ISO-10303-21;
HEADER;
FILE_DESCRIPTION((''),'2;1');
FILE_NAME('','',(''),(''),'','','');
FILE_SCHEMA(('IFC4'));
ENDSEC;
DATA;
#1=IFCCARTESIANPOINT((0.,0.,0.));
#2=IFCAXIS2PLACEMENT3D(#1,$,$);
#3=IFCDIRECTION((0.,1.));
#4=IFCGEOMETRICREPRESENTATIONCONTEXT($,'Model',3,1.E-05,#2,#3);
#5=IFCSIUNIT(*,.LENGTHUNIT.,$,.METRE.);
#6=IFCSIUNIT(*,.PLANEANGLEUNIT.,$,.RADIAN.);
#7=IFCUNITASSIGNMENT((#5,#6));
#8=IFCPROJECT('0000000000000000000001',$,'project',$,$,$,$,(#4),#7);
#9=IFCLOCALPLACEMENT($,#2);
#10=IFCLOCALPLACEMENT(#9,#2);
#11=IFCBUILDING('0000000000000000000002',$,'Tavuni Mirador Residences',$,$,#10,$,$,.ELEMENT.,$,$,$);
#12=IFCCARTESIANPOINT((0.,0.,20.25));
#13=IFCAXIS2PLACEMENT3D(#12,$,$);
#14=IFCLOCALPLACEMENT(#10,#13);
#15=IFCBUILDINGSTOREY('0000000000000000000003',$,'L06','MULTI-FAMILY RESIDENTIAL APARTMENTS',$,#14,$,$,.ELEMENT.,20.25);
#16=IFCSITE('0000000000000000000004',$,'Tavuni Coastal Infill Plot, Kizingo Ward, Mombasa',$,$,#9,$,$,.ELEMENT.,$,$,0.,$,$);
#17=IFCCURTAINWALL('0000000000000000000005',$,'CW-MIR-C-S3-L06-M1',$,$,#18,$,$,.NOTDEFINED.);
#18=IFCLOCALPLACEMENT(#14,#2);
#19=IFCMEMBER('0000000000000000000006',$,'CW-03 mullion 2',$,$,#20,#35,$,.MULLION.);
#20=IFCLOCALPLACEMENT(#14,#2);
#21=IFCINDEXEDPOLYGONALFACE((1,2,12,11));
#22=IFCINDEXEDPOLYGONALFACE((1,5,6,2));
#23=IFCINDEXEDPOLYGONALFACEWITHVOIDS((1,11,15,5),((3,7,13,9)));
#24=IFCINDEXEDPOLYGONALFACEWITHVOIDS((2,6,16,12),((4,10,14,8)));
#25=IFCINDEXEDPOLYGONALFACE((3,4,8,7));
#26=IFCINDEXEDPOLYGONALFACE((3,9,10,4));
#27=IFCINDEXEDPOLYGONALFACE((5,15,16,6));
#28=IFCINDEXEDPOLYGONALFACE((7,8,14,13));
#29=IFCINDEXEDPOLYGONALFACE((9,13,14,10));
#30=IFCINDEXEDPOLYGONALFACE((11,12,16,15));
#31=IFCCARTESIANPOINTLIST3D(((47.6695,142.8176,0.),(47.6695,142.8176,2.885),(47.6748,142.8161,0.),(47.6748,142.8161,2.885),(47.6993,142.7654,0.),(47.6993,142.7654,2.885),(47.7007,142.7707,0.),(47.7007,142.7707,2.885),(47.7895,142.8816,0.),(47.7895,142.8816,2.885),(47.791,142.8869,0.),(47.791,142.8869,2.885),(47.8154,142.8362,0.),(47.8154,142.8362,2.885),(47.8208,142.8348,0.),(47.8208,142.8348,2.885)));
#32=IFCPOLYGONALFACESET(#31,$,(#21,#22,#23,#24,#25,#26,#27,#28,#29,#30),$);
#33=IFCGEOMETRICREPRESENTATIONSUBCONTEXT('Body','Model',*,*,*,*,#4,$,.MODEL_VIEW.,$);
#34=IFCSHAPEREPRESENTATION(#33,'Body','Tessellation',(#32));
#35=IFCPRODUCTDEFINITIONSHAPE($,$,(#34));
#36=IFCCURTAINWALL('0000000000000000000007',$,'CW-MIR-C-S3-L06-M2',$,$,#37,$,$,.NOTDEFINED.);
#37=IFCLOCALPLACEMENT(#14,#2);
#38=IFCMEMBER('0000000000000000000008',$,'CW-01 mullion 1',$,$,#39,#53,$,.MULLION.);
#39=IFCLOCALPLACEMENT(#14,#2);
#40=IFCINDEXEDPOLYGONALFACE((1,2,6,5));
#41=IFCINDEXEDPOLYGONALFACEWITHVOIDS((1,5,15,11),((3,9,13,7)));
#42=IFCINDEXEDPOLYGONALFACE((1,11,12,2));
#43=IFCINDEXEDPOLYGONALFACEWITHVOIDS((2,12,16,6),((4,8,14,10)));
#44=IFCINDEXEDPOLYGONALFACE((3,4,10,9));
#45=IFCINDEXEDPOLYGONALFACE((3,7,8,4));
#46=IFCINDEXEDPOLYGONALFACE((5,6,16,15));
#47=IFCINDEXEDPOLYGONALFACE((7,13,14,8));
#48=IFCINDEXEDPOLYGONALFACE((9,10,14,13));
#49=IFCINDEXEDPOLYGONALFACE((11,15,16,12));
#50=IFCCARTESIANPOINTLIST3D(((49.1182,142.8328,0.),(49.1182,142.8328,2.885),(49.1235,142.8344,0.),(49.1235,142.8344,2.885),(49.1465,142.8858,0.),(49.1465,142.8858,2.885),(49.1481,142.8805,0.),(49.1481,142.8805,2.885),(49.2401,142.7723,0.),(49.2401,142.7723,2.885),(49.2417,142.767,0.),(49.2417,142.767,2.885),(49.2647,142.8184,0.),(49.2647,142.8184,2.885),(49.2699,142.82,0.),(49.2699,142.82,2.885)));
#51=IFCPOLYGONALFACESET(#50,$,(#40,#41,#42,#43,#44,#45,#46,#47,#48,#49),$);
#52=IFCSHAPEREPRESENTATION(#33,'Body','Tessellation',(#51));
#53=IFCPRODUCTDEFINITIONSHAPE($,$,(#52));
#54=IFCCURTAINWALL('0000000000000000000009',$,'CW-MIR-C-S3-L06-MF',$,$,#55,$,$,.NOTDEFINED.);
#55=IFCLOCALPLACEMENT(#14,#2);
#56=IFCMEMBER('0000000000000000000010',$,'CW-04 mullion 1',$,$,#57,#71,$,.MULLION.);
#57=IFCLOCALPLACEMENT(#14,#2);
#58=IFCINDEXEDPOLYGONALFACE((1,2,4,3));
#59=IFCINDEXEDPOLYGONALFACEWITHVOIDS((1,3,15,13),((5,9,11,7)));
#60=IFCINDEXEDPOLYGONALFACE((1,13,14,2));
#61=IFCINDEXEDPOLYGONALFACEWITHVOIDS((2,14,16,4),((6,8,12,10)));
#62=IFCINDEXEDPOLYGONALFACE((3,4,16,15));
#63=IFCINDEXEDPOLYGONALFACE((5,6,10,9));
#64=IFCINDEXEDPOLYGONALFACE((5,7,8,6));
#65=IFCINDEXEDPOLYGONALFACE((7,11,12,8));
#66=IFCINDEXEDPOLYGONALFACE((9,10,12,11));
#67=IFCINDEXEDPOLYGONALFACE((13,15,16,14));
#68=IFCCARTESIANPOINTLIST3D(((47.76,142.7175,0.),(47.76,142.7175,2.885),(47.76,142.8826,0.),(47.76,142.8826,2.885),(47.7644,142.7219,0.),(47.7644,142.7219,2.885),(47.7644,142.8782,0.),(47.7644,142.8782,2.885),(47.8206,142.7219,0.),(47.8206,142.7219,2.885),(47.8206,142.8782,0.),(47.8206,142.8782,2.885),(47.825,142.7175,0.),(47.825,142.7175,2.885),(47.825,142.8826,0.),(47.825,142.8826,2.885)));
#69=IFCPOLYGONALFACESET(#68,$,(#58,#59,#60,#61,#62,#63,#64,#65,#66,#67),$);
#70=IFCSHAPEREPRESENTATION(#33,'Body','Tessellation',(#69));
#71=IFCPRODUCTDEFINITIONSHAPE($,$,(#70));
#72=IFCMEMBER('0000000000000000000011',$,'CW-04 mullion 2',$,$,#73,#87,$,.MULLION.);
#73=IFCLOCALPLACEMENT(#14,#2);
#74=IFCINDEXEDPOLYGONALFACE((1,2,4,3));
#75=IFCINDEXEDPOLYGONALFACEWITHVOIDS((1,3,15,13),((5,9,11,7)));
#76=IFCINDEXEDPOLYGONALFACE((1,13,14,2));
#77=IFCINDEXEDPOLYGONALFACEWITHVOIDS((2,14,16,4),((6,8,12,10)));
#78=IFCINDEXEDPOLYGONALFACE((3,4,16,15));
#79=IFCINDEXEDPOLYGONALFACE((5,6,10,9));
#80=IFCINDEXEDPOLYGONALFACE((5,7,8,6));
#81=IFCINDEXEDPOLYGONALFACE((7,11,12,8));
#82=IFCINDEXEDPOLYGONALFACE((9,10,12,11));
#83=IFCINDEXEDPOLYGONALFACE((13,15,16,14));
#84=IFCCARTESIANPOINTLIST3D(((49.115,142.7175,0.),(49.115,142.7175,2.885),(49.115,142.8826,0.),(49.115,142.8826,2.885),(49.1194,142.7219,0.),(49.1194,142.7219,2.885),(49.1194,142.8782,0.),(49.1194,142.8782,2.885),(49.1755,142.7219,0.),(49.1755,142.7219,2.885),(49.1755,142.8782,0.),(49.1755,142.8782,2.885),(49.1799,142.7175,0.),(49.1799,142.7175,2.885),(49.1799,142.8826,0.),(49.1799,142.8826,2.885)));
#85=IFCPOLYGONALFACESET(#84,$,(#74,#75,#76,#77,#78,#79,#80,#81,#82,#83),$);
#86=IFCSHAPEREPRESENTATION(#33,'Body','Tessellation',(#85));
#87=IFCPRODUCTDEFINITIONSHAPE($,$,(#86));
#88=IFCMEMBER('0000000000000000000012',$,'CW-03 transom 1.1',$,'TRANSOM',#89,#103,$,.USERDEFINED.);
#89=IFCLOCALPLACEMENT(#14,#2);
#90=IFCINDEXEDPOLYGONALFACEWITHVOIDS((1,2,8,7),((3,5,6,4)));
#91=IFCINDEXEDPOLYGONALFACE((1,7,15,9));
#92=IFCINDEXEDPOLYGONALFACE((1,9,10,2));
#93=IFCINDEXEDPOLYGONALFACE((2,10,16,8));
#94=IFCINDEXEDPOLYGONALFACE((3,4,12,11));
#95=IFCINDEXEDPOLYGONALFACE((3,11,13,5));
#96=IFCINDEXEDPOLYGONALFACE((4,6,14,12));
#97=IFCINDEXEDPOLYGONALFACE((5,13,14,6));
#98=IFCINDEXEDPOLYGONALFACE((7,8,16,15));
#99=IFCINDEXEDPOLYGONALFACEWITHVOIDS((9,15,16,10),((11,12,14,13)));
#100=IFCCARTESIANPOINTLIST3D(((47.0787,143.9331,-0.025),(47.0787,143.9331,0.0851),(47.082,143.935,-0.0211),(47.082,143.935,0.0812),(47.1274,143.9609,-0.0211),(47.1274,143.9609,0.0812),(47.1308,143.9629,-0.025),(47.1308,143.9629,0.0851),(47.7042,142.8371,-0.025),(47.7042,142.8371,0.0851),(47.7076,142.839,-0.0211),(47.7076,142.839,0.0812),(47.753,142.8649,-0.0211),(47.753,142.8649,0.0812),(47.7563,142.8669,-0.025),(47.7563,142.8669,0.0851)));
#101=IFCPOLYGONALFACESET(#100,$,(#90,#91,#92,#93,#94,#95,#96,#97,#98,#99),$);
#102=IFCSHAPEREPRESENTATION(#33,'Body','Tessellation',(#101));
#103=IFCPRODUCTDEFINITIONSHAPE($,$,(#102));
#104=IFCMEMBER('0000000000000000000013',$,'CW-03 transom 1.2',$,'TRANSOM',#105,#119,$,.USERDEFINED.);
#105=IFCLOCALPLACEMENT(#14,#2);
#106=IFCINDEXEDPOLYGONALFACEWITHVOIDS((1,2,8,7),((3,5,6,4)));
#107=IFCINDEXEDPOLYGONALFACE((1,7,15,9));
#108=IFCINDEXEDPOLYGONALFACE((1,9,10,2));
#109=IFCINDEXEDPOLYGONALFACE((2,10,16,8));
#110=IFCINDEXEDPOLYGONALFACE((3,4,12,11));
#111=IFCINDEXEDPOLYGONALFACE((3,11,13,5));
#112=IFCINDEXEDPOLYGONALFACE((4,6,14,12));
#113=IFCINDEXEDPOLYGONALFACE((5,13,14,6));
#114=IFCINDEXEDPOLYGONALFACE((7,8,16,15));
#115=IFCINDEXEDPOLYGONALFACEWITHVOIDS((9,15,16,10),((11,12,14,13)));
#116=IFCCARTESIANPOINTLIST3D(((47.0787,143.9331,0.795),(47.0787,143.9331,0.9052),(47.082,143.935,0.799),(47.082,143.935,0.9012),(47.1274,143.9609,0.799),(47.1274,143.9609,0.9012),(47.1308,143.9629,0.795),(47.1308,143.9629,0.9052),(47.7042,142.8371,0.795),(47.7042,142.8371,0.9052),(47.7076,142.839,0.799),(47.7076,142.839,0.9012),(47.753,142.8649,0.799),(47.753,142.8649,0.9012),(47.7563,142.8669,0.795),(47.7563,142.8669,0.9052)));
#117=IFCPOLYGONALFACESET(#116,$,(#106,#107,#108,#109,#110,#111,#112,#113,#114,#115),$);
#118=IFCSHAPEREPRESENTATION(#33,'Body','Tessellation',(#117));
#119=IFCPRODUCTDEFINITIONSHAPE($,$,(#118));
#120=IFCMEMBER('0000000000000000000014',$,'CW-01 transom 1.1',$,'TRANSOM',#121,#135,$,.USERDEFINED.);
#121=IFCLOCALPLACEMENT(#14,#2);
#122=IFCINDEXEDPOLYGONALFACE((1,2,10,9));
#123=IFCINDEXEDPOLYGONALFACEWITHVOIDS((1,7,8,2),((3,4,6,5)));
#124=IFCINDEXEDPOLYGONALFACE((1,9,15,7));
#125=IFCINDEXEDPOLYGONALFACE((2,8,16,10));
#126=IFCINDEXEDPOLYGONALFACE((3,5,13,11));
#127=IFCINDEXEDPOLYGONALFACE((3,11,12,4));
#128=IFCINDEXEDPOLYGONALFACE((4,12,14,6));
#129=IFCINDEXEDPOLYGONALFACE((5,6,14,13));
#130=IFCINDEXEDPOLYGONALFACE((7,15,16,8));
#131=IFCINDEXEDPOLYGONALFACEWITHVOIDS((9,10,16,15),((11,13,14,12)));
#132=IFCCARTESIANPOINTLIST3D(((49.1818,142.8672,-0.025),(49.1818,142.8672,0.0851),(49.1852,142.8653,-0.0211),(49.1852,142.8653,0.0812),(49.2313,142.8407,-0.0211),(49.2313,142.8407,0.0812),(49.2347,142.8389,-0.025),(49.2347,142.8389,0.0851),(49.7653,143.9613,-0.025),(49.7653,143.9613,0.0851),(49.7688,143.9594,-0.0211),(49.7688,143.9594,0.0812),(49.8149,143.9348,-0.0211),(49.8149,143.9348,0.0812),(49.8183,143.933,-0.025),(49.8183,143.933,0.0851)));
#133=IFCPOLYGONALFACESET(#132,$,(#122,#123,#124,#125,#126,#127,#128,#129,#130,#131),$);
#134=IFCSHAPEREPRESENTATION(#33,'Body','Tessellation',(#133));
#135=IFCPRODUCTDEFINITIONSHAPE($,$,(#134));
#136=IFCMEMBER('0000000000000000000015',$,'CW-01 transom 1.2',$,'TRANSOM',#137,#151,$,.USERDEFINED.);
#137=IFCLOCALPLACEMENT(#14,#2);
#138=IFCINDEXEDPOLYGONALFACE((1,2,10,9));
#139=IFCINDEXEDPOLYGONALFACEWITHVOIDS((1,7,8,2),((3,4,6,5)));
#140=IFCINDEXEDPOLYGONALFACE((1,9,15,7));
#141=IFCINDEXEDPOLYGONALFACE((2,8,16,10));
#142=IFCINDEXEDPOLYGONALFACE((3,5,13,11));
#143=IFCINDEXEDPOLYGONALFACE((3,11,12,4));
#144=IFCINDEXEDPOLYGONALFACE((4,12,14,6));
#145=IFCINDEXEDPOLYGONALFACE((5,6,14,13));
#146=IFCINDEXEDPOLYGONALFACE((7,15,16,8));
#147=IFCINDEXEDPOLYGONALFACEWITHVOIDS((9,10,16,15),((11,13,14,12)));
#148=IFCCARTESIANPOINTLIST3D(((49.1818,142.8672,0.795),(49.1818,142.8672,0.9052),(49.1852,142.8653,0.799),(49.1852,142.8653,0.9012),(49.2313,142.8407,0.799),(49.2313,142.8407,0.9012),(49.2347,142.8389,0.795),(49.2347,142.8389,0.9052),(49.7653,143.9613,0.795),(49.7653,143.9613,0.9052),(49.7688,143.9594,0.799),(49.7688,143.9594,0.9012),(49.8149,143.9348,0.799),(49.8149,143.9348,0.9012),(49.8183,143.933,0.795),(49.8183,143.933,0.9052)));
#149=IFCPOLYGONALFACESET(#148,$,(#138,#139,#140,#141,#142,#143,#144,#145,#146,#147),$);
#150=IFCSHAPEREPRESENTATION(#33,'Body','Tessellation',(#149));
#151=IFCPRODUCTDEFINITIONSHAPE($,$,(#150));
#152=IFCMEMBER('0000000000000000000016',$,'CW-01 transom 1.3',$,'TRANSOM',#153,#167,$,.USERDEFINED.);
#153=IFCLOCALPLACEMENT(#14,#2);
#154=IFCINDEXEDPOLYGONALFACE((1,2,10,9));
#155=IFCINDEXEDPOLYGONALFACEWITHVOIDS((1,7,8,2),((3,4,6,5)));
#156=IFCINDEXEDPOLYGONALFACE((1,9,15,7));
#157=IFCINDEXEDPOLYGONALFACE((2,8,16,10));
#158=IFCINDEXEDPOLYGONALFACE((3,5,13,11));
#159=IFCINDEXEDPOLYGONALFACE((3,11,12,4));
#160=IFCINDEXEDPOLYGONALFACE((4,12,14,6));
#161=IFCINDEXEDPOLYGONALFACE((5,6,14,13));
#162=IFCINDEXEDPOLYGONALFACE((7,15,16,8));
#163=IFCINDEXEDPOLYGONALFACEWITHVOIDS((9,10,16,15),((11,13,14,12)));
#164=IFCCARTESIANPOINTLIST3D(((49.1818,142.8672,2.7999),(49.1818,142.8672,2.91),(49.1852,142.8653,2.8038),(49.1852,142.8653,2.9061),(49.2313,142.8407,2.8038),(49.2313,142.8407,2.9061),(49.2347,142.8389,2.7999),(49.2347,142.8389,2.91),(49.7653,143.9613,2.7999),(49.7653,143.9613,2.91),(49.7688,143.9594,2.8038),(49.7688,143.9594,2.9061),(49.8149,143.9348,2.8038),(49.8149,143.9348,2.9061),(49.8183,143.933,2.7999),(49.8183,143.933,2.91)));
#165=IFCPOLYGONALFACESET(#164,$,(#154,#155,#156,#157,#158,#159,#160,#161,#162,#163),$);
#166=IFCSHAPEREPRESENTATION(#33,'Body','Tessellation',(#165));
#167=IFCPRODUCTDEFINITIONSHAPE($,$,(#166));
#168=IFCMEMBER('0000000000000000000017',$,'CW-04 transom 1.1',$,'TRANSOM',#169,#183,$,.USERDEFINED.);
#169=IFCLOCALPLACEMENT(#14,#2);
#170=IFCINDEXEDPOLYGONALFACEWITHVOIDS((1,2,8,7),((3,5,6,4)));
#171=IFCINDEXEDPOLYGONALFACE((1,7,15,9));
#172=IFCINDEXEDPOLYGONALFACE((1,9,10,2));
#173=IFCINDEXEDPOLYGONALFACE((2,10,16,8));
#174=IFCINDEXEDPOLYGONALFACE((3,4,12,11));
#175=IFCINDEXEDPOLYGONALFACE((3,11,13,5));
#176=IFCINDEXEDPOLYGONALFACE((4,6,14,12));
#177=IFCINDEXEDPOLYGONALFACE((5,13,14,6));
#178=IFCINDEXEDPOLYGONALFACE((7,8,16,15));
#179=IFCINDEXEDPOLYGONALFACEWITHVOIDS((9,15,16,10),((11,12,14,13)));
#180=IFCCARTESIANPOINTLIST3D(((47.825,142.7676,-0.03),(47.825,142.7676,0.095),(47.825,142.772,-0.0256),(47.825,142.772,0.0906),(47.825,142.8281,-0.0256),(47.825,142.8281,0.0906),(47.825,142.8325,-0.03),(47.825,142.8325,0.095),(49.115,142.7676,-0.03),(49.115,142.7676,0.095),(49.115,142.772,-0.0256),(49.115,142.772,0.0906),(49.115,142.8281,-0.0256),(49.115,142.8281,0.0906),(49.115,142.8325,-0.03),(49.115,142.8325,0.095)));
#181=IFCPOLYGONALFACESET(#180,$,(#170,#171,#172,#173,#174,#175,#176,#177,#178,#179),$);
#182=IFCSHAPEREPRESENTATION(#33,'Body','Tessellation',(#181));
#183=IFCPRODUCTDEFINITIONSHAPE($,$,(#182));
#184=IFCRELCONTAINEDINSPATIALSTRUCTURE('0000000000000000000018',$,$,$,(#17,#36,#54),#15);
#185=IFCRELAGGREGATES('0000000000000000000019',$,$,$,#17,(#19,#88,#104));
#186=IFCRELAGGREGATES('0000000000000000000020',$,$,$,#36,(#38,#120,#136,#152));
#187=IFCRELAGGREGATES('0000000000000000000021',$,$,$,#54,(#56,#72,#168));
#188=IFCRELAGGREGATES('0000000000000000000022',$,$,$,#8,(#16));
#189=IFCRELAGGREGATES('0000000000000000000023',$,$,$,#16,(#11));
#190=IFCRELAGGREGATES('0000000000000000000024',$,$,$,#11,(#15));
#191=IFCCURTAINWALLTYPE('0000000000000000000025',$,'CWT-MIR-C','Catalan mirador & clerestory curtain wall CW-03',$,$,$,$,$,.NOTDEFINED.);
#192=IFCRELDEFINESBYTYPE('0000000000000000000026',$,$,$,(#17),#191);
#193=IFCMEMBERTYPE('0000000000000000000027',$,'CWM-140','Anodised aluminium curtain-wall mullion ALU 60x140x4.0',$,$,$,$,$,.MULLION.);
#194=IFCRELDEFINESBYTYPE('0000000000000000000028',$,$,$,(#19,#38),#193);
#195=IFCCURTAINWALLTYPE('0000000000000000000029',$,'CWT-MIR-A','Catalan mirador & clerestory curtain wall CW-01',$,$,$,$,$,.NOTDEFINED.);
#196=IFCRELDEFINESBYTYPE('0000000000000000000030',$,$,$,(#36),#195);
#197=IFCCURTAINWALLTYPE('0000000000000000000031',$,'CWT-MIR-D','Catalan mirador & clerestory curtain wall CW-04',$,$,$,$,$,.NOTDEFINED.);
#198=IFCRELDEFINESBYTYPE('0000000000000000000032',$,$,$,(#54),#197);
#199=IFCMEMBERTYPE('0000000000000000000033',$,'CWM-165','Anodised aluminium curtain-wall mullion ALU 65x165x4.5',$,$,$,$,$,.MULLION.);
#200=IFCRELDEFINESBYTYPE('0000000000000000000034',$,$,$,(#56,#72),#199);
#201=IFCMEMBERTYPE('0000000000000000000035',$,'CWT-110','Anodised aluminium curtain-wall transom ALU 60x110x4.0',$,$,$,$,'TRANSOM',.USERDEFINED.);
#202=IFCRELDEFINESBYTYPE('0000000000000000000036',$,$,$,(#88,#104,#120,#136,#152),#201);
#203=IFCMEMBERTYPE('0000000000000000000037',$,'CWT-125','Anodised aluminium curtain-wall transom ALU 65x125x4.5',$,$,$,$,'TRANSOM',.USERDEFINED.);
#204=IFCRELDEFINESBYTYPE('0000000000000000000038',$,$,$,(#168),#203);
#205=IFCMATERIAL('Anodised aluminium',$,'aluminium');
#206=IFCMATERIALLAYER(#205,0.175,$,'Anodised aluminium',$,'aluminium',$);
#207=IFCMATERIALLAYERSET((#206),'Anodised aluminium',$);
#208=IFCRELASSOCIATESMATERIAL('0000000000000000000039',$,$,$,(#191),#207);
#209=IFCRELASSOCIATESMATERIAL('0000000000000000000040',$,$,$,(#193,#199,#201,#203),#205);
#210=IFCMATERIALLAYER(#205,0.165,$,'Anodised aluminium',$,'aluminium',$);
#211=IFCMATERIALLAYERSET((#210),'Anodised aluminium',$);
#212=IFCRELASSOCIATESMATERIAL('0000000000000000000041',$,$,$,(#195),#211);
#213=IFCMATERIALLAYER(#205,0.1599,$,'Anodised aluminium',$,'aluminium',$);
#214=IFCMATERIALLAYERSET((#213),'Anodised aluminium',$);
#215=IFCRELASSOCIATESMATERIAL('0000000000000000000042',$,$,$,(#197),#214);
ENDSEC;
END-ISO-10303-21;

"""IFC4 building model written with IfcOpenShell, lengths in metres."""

from ifc_helpers import new_model, si_unit, direction, frame, origin, origin_2d, place, context, subcontext, project, spatial, hollow_rectangle, extrude, material, layer, layer_set, material_profile, profile_set, type_object, element, aggregate, save


model = new_model("IFC4")

# Units and contexts
model_context = context("Model", 3, precision=1e-05, world=origin(), true_north=direction((0.0, 1.0)))
body_context = subcontext(model_context, "Body", "Model", "MODEL_VIEW")
ifc_project = project(units=[si_unit("LENGTHUNIT", "METRE"), si_unit("PLANEANGLEUNIT", "RADIAN")], contexts=[model_context])

# Site, building, storey
site_placement = place(None, origin())
site = spatial("IfcSite", under=ifc_project, at=site_placement, Name="Tavuni Coastal Infill Plot, Kizingo Ward, Mombasa", CompositionType="ELEMENT", RefElevation=0.0)
building_placement = place(site_placement, origin())
building = spatial("IfcBuilding", under=site, at=building_placement, Name="Tavuni Mirador Residences", CompositionType="ELEMENT")
storey_placement = place(building_placement, frame((0.0, 0.0, 20.25)))
storey = spatial("IfcBuildingStorey", under=building, at=storey_placement, Name="L06", Description="MULTI-FAMILY RESIDENTIAL APARTMENTS", CompositionType="ELEMENT", Elevation=20.25)

# Curtain walls, members
ifc_material_1 = material(Name="Anodised aluminium", Category="aluminium")
ifc_layer_1 = layer(ifc_material_1, 0.175, Name="Anodised aluminium", Category="aluminium")
ifc_layer_set_1 = layer_set([ifc_layer_1], Name="Anodised aluminium")
curtain_wall_type_1 = type_object("IfcCurtainWallType", Name="CWT-MIR-C", Description="Catalan mirador & clerestory curtain wall CW-03", PredefinedType="NOTDEFINED", material=ifc_layer_set_1)
curtain_wall_1_placement = place(storey_placement, origin())
curtain_wall_1 = element("IfcCurtainWall", 1, at=curtain_wall_1_placement, inside=storey, type_object=curtain_wall_type_1, Name="CW-MIR-C-S3-L06-M1", PredefinedType="NOTDEFINED")
ifc_material_profile_1 = material_profile(ifc_material_1, hollow_rectangle(XDim=0.0601, YDim=0.1399, WallThickness=0.0039, at=origin_2d()), Name="ALU 60x140x4.0", Category="aluminium")
ifc_profile_set_1 = profile_set([ifc_material_profile_1], Name="Anodised aluminium")
member_type_1 = type_object("IfcMemberType", Name="CWM-140", Description="Anodised aluminium curtain-wall mullion ALU 60x140x4.0", PredefinedType="MULLION", material=ifc_profile_set_1)
member_1_placement = place(storey_placement, frame((47.7451, 142.8262, 0.0), z_axis=(0.0, 0.0, 1.0), x_axis=(0.495749, -0.868466, 0.0)))
member_1 = element("IfcMember", 2, at=member_1_placement, type_object=member_type_1, Name="CW-03 mullion 2", PredefinedType="MULLION", context=body_context, shape_type="SweptSolid", body=[
    extrude(hollow_rectangle(XDim=0.0601, YDim=0.1399, WallThickness=0.0039, at=origin_2d()), origin(), (0.0, 0.0, 1.0), 2.885),
])
ifc_layer_2 = layer(ifc_material_1, 0.165, Name="Anodised aluminium", Category="aluminium")
ifc_layer_set_2 = layer_set([ifc_layer_2], Name="Anodised aluminium")
curtain_wall_type_2 = type_object("IfcCurtainWallType", Name="CWT-MIR-A", Description="Catalan mirador & clerestory curtain wall CW-01", PredefinedType="NOTDEFINED", material=ifc_layer_set_2)
curtain_wall_2_placement = place(storey_placement, origin())
curtain_wall_2 = element("IfcCurtainWall", 3, at=curtain_wall_2_placement, inside=storey, type_object=curtain_wall_type_2, Name="CW-MIR-C-S3-L06-M2", PredefinedType="NOTDEFINED")
member_2_placement = place(storey_placement, frame((49.1941, 142.8264, 0.0), z_axis=(0.0, 0.0, 1.0), x_axis=(0.470588, 0.882353, 0.0)))
member_2 = element("IfcMember", 4, at=member_2_placement, type_object=member_type_1, Name="CW-01 mullion 1", PredefinedType="MULLION", context=body_context, shape_type="SweptSolid", body=[
    extrude(hollow_rectangle(XDim=0.0601, YDim=0.1399, WallThickness=0.0039, at=origin_2d()), origin(), (0.0, 0.0, 1.0), 2.885),
])

# Curtain wall, members
ifc_layer_3 = layer(ifc_material_1, 0.1599, Name="Anodised aluminium", Category="aluminium")
ifc_layer_set_3 = layer_set([ifc_layer_3], Name="Anodised aluminium")
curtain_wall_type_3 = type_object("IfcCurtainWallType", Name="CWT-MIR-D", Description="Catalan mirador & clerestory curtain wall CW-04", PredefinedType="NOTDEFINED", material=ifc_layer_set_3)
curtain_wall_3_placement = place(storey_placement, origin())
curtain_wall_3 = element("IfcCurtainWall", 5, at=curtain_wall_3_placement, inside=storey, type_object=curtain_wall_type_3, Name="CW-MIR-C-S3-L06-MF", PredefinedType="NOTDEFINED")
ifc_material_profile_2 = material_profile(ifc_material_1, hollow_rectangle(XDim=0.0649, YDim=0.165, WallThickness=0.0044, at=origin_2d()), Name="ALU 65x165x4.5", Category="aluminium")
ifc_profile_set_2 = profile_set([ifc_material_profile_2], Name="Anodised aluminium")
member_type_2 = type_object("IfcMemberType", Name="CWM-165", Description="Anodised aluminium curtain-wall mullion ALU 65x165x4.5", PredefinedType="MULLION", material=ifc_profile_set_2)
member_3_placement = place(storey_placement, frame((47.7925, 142.8, 0.0), z_axis=(0.0, 0.0, 1.0), x_axis=(1.0, 0.0, 0.0)))
member_3 = element("IfcMember", 6, at=member_3_placement, type_object=member_type_2, Name="CW-04 mullion 1", PredefinedType="MULLION", context=body_context, shape_type="SweptSolid", body=[
    extrude(hollow_rectangle(XDim=0.0649, YDim=0.165, WallThickness=0.0044, at=origin_2d()), origin(), (0.0, 0.0, 1.0), 2.885),
])
member_4_placement = place(storey_placement, frame((49.1475, 142.8, 0.0), z_axis=(0.0, 0.0, 1.0), x_axis=(1.0, 0.0, 0.0)))
member_4 = element("IfcMember", 7, at=member_4_placement, type_object=member_type_2, Name="CW-04 mullion 2", PredefinedType="MULLION", context=body_context, shape_type="SweptSolid", body=[
    extrude(hollow_rectangle(XDim=0.0649, YDim=0.165, WallThickness=0.0044, at=origin_2d()), origin(), (0.0, 0.0, 1.0), 2.885),
])

# Members
ifc_material_profile_3 = material_profile(ifc_material_1, hollow_rectangle(XDim=0.0601, YDim=0.1101, WallThickness=0.0039, at=origin_2d()), Name="ALU 60x110x4.0", Category="aluminium")
ifc_profile_set_3 = profile_set([ifc_material_profile_3], Name="Anodised aluminium")
member_type_3 = type_object("IfcMemberType", Name="CWT-110", Description="Anodised aluminium curtain-wall transom ALU 60x110x4.0", ElementType="TRANSOM", PredefinedType="USERDEFINED", material=ifc_profile_set_3)
member_5_placement = place(storey_placement, frame((47.1047, 143.948, 0.03), z_axis=(0.49568, -0.868505, 0.0), x_axis=(0.868505, 0.49568, 0.0)))
member_5 = element("IfcMember", 8, at=member_5_placement, type_object=member_type_3, Name="CW-03 transom 1.1", ObjectType="TRANSOM", PredefinedType="USERDEFINED", context=body_context, shape_type="SweptSolid", body=[
    extrude(hollow_rectangle(XDim=0.0601, YDim=0.1101, WallThickness=0.0039, at=origin_2d()), origin(), (0.0, 0.0, 1.0), 1.262),
])
member_6_placement = place(storey_placement, frame((47.1047, 143.948, 0.8501), z_axis=(0.49568, -0.868505, 0.0), x_axis=(0.868505, 0.49568, 0.0)))
member_6 = element("IfcMember", 9, at=member_6_placement, type_object=member_type_3, Name="CW-03 transom 1.2", ObjectType="TRANSOM", PredefinedType="USERDEFINED", context=body_context, shape_type="SweptSolid", body=[
    extrude(hollow_rectangle(XDim=0.0601, YDim=0.1101, WallThickness=0.0039, at=origin_2d()), origin(), (0.0, 0.0, 1.0), 1.262),
])
member_7_placement = place(storey_placement, frame((49.2083, 142.853, 0.03), z_axis=(0.470609, 0.882342, 0.0), x_axis=(-0.882342, 0.470609, 0.0)))
member_7 = element("IfcMember", 10, at=member_7_placement, type_object=member_type_3, Name="CW-01 transom 1.1", ObjectType="TRANSOM", PredefinedType="USERDEFINED", context=body_context, shape_type="SweptSolid", body=[
    extrude(hollow_rectangle(XDim=0.0601, YDim=0.1101, WallThickness=0.0039, at=origin_2d()), origin(), (0.0, 0.0, 1.0), 1.24),
])
member_8_placement = place(storey_placement, frame((49.2083, 142.853, 0.8501), z_axis=(0.470609, 0.882342, 0.0), x_axis=(-0.882342, 0.470609, 0.0)))
member_8 = element("IfcMember", 11, at=member_8_placement, type_object=member_type_3, Name="CW-01 transom 1.2", ObjectType="TRANSOM", PredefinedType="USERDEFINED", context=body_context, shape_type="SweptSolid", body=[
    extrude(hollow_rectangle(XDim=0.0601, YDim=0.1101, WallThickness=0.0039, at=origin_2d()), origin(), (0.0, 0.0, 1.0), 1.24),
])
member_9_placement = place(storey_placement, frame((49.2083, 142.853, 2.855), z_axis=(0.470609, 0.882342, 0.0), x_axis=(-0.882342, 0.470609, 0.0)))
member_9 = element("IfcMember", 12, at=member_9_placement, type_object=member_type_3, Name="CW-01 transom 1.3", ObjectType="TRANSOM", PredefinedType="USERDEFINED", context=body_context, shape_type="SweptSolid", body=[
    extrude(hollow_rectangle(XDim=0.0601, YDim=0.1101, WallThickness=0.0039, at=origin_2d()), origin(), (0.0, 0.0, 1.0), 1.24),
])
ifc_material_profile_4 = material_profile(ifc_material_1, hollow_rectangle(XDim=0.0649, YDim=0.125, WallThickness=0.0044, at=origin_2d()), Name="ALU 65x125x4.5", Category="aluminium")
ifc_profile_set_4 = profile_set([ifc_material_profile_4], Name="Anodised aluminium")
member_type_4 = type_object("IfcMemberType", Name="CWT-125", Description="Anodised aluminium curtain-wall transom ALU 65x125x4.5", ElementType="TRANSOM", PredefinedType="USERDEFINED", material=ifc_profile_set_4)
member_10_placement = place(storey_placement, frame((47.825, 142.8, 0.0325), z_axis=(1.0, 0.0, 0.0), x_axis=(0.0, 1.0, 0.0)))
member_10 = element("IfcMember", 13, at=member_10_placement, type_object=member_type_4, Name="CW-04 transom 1.1", ObjectType="TRANSOM", PredefinedType="USERDEFINED", context=body_context, shape_type="SweptSolid", body=[
    extrude(hollow_rectangle(XDim=0.0649, YDim=0.125, WallThickness=0.0044, at=origin_2d()), origin(), (0.0, 0.0, 1.0), 1.29),
])

aggregate(curtain_wall_1, [member_1, member_5, member_6])
aggregate(curtain_wall_2, [member_2, member_7, member_8, member_9])
aggregate(curtain_wall_3, [member_3, member_4, member_10])

save(model, "model.ifc")
